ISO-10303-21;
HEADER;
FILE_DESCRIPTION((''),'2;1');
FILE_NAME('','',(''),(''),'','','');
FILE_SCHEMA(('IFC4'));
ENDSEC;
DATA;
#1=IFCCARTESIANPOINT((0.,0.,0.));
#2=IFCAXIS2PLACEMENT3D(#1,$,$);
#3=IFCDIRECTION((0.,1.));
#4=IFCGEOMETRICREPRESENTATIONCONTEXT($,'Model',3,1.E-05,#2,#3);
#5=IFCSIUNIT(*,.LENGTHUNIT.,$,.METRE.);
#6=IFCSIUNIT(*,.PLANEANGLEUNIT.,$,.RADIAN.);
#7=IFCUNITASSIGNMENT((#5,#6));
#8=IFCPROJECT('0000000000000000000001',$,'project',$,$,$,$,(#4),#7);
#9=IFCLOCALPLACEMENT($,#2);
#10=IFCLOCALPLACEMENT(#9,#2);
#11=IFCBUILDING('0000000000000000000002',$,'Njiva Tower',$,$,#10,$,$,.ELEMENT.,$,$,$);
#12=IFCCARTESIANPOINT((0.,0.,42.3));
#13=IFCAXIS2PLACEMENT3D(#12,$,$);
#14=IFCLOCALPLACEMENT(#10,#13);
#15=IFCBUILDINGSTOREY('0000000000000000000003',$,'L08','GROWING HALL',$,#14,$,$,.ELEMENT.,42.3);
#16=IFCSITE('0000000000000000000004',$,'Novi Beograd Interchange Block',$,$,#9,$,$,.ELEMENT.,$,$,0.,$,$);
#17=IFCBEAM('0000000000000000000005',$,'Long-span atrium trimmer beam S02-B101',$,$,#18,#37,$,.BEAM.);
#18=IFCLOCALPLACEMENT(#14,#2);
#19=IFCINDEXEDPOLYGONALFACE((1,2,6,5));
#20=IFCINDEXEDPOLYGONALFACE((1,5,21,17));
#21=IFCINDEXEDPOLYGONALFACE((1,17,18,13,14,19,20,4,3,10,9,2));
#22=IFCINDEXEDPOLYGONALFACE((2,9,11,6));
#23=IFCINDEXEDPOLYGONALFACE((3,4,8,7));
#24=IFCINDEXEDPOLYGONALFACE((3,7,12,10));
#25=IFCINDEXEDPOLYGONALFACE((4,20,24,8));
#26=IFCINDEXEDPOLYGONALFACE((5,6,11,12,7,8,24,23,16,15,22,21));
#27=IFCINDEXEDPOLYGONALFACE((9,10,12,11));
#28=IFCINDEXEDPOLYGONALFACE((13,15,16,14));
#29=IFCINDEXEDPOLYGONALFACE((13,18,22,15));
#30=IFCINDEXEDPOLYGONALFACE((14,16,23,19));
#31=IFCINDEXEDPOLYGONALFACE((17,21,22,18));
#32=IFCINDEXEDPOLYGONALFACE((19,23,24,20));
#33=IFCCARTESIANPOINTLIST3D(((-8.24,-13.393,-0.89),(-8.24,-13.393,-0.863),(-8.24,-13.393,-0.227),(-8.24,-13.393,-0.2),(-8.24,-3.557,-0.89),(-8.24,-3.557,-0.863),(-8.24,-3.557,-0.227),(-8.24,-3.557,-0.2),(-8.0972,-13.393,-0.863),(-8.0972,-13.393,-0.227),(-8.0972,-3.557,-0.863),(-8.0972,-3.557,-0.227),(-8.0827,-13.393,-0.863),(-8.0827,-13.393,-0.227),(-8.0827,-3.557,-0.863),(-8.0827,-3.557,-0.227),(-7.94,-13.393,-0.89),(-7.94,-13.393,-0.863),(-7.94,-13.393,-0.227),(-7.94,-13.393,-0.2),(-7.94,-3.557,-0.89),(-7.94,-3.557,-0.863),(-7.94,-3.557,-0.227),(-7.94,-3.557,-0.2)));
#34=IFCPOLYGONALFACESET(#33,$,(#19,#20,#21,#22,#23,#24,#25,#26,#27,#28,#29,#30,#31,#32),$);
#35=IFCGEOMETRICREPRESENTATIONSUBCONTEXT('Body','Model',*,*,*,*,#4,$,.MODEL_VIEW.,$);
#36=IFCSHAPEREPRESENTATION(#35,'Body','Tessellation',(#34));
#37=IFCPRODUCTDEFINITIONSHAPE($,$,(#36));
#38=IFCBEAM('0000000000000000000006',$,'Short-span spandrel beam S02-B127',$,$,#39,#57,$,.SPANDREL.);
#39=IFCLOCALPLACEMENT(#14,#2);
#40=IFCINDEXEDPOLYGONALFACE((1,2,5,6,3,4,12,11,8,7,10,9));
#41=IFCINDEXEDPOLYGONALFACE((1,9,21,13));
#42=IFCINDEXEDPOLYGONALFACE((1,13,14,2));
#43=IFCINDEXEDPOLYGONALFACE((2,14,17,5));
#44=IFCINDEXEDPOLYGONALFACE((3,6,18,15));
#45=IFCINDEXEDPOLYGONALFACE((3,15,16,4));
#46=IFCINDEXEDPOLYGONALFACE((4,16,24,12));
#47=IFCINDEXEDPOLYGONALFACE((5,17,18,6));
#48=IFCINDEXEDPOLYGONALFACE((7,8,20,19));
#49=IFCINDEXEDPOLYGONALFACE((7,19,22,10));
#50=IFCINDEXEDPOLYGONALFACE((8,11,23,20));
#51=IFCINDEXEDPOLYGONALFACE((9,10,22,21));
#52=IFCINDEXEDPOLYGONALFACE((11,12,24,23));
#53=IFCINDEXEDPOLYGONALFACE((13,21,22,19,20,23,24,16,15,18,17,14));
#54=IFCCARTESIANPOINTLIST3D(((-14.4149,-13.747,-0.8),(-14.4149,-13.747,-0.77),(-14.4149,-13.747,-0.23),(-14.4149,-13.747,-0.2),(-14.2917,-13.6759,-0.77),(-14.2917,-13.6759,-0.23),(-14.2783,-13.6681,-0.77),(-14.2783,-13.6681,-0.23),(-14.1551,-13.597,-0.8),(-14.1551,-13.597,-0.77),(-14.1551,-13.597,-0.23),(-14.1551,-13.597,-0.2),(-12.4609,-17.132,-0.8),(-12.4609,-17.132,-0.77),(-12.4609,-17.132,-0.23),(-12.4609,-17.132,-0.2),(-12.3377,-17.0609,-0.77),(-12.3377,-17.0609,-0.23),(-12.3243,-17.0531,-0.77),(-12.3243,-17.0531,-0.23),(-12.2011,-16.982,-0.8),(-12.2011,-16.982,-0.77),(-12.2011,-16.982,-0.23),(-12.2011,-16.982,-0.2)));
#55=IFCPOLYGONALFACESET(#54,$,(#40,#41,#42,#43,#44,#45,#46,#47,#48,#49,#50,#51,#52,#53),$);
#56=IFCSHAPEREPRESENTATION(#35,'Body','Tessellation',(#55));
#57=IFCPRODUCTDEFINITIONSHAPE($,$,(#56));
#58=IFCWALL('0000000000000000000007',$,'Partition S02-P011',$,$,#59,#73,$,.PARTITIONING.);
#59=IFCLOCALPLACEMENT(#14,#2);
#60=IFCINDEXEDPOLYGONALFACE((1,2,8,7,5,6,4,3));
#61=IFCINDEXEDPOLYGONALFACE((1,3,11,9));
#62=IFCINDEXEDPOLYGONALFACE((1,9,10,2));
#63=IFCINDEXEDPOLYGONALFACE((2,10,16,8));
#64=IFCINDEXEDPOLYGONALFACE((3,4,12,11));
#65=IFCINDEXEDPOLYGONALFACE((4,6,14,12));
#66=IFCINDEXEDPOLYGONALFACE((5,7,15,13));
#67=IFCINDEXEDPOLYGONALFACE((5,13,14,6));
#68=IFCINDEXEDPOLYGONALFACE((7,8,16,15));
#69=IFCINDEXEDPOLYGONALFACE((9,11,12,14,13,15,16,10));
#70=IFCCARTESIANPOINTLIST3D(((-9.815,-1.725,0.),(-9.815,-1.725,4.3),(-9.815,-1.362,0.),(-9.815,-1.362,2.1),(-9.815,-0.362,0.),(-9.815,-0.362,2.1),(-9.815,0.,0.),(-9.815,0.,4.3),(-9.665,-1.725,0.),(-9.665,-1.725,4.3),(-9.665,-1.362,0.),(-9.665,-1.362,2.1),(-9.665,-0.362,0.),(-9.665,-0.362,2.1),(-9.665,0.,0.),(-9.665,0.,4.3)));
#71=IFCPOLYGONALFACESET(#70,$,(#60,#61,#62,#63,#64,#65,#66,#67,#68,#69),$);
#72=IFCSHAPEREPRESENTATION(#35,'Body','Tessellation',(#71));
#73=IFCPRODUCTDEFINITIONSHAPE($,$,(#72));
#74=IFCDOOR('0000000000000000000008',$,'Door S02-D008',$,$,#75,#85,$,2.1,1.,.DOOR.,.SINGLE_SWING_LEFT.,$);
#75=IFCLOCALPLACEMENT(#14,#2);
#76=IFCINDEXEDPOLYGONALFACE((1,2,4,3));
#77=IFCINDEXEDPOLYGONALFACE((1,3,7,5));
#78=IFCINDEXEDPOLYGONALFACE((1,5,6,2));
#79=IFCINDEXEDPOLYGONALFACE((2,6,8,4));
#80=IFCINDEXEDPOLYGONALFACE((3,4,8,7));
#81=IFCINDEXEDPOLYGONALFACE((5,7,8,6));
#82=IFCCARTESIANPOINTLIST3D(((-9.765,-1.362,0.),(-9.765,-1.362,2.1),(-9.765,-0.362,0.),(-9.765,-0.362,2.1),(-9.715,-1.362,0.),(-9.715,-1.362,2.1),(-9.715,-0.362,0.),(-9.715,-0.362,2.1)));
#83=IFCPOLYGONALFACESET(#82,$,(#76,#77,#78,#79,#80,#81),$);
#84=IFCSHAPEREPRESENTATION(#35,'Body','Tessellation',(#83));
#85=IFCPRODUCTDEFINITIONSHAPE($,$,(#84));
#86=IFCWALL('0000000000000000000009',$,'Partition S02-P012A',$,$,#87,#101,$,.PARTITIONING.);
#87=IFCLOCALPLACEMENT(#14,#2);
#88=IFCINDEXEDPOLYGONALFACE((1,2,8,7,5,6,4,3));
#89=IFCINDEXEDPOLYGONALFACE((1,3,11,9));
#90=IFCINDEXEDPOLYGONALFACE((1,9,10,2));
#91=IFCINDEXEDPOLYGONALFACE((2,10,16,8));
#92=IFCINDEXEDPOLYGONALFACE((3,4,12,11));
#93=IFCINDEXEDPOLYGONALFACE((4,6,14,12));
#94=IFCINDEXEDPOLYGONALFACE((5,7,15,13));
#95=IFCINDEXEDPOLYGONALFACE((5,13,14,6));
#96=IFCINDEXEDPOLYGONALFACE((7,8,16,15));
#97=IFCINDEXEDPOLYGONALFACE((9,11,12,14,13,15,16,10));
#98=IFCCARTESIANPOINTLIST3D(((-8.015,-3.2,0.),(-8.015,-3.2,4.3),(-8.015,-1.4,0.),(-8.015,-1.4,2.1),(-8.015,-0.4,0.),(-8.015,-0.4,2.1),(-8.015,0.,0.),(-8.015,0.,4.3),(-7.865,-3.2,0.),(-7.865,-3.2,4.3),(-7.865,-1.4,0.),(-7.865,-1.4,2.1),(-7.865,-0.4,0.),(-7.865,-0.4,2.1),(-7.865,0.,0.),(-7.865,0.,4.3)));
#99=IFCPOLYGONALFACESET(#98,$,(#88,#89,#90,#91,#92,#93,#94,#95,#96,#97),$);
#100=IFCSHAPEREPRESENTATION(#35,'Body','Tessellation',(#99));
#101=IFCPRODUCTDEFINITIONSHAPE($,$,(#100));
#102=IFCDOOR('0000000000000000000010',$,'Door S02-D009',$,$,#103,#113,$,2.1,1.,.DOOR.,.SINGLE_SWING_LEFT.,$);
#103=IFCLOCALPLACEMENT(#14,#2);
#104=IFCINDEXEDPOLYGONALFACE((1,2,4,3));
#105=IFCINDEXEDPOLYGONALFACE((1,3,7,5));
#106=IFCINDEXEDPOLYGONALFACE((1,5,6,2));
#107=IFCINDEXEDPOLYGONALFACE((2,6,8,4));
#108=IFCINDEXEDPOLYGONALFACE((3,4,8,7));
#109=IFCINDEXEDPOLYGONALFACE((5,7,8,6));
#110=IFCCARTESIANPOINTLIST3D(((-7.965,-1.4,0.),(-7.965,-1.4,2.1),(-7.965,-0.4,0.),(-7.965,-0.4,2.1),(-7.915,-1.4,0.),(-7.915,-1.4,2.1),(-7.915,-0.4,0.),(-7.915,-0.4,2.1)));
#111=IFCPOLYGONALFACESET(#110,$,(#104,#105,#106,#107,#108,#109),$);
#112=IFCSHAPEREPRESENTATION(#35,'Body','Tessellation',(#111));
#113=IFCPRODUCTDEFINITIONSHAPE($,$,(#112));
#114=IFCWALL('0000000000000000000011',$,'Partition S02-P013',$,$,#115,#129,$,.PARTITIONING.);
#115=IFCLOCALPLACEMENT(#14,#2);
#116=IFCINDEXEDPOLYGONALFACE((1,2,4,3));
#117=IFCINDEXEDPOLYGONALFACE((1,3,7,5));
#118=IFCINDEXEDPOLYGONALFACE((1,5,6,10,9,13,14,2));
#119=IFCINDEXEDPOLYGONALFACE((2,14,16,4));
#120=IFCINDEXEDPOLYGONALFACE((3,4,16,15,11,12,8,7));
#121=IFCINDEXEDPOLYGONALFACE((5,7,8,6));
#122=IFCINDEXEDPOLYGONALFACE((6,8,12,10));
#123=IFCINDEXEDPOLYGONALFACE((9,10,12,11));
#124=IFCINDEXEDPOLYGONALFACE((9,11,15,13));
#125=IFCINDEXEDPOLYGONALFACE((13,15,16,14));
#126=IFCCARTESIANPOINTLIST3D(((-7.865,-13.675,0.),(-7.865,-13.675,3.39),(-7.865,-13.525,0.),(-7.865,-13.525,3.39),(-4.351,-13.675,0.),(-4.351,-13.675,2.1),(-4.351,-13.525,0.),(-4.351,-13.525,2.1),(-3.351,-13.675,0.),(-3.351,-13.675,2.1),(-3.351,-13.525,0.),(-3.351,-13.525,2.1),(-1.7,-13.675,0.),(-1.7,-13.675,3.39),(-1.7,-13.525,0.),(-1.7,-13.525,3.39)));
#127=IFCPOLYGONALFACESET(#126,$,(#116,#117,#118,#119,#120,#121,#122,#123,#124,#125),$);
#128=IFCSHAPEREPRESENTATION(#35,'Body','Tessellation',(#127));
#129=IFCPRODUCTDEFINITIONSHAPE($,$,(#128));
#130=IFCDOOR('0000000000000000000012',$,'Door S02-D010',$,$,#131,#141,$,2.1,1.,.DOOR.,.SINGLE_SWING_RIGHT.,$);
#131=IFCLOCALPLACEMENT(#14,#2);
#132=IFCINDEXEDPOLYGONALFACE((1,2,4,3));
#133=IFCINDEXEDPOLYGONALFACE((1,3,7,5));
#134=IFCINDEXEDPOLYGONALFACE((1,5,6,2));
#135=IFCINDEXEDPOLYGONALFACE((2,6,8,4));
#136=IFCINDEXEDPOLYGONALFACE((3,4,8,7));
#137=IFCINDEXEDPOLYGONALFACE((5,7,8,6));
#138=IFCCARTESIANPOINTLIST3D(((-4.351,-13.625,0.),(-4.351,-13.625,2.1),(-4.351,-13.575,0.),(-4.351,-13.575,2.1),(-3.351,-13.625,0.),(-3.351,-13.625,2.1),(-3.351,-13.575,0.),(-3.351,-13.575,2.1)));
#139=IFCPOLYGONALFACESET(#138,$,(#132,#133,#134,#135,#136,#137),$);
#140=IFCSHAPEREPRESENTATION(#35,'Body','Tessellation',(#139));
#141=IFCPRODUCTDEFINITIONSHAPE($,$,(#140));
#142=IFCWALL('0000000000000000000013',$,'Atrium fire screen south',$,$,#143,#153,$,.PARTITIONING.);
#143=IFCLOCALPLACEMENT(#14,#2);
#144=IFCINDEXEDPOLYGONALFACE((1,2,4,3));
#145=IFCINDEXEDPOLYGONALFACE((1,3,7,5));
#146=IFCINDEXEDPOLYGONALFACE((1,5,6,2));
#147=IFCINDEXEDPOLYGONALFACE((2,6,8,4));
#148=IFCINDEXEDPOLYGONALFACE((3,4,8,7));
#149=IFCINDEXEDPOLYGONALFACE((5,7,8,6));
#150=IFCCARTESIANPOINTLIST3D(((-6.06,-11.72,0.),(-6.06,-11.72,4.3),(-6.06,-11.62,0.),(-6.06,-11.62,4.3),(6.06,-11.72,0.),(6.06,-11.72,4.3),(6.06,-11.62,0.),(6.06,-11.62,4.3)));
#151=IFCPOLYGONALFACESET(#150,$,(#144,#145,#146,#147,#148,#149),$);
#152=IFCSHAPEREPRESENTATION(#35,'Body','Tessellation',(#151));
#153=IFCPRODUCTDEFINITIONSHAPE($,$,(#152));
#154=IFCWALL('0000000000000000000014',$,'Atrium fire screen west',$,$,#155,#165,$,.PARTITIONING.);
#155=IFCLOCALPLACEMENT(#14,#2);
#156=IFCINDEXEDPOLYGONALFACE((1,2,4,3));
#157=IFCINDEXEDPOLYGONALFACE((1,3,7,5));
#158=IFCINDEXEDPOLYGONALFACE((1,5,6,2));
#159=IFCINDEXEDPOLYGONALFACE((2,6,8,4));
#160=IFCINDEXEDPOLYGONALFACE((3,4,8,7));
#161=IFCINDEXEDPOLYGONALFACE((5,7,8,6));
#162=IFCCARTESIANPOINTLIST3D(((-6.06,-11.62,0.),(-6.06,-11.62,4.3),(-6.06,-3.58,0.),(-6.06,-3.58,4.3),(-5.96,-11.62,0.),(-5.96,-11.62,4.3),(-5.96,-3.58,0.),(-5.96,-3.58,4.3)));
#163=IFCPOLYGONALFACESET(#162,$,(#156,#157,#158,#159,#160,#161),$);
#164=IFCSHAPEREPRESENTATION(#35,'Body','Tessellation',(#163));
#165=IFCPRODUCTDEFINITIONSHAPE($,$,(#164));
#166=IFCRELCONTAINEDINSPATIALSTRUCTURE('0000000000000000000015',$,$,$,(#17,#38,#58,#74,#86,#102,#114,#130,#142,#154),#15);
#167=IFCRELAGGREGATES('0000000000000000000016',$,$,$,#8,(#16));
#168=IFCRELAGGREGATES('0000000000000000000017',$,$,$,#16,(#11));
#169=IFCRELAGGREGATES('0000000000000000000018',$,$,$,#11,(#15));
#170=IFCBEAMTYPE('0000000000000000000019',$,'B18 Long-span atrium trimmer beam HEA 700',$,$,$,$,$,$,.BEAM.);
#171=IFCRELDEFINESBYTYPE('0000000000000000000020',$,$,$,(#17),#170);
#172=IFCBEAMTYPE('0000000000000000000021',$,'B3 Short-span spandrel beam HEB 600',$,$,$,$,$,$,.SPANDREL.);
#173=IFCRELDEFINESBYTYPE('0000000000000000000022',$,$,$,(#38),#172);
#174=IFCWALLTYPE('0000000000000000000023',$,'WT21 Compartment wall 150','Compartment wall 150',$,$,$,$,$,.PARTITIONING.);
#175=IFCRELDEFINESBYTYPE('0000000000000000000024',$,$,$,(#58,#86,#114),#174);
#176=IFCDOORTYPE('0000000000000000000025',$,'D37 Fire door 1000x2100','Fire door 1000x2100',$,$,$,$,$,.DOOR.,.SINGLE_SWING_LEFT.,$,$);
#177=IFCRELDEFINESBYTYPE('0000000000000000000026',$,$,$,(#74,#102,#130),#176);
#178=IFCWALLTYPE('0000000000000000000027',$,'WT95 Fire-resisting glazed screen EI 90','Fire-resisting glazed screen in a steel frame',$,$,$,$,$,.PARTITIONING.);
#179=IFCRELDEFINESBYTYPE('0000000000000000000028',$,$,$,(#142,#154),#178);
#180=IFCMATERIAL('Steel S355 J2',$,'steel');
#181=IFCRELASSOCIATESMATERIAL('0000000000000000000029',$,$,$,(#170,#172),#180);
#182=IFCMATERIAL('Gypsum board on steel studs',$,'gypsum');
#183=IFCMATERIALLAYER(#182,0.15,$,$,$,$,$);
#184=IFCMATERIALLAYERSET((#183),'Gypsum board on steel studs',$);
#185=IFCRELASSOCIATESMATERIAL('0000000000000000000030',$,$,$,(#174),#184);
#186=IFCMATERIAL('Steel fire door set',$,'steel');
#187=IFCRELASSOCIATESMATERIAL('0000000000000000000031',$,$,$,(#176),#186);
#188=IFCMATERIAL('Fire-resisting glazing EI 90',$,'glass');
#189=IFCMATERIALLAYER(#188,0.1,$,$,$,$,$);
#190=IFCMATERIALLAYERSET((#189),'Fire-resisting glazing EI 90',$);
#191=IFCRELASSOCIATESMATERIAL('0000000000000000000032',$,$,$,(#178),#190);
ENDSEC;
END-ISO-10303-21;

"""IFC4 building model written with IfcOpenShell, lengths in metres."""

from ifc_helpers import new_model, si_unit, direction, frame, frame_2d, origin, origin_2d, place, context, subcontext, project, spatial, rectangle, i_section, extrude, material, layer, layer_set, material_profile, profile_set, type_object, element, fill, save


model = new_model("IFC4")

# Units and contexts
model_context = context("Model", 3, precision=1e-05, world=origin(), true_north=direction((0.0, 1.0)))
body_context = subcontext(model_context, "Body", "Model", "MODEL_VIEW")
ifc_project = project(units=[si_unit("LENGTHUNIT", "METRE"), si_unit("PLANEANGLEUNIT", "RADIAN")], contexts=[model_context])

# Site, building, storey
site_placement = place(None, origin())
site = spatial("IfcSite", under=ifc_project, at=site_placement, Name="Novi Beograd Interchange Block", CompositionType="ELEMENT", RefElevation=0.0)
building_placement = place(site_placement, origin())
building = spatial("IfcBuilding", under=site, at=building_placement, Name="Njiva Tower", CompositionType="ELEMENT")
storey_placement = place(building_placement, frame((0.0, 0.0, 42.3)))
storey = spatial("IfcBuildingStorey", under=building, at=storey_placement, Name="L08", Description="GROWING HALL", CompositionType="ELEMENT", Elevation=42.3)

# Shared definitions
ifc_material_1 = material(Name="Steel S355 J2", Category="steel")

# Beams
ifc_material_profile_1 = material_profile(ifc_material_1, i_section(OverallWidth=0.3, OverallDepth=0.69, WebThickness=0.0145, FlangeThickness=0.027, at=origin_2d()), Name="HEA 700")
ifc_profile_set_1 = profile_set([ifc_material_profile_1], Name="Steel S355 J2")
beam_type_1 = type_object("IfcBeamType", Name="B18 Long-span atrium trimmer beam HEA 700", PredefinedType="BEAM", material=ifc_profile_set_1)
beam_1_placement = place(storey_placement, frame((-8.09, -3.557, -0.545), z_axis=(0.0, -1.0, 0.0), x_axis=(1.0, 0.0, 0.0)))
element("IfcBeam", 1, at=beam_1_placement, inside=storey, type_object=beam_type_1, Name="Long-span atrium trimmer beam S02-B101", PredefinedType="BEAM", context=body_context, shape_type="SweptSolid", body=[
    extrude(i_section(OverallWidth=0.3, OverallDepth=0.69, WebThickness=0.0145, FlangeThickness=0.027, at=origin_2d()), origin(), (0.0, 0.0, 1.0), 9.836),
])
ifc_material_profile_2 = material_profile(ifc_material_1, i_section(OverallWidth=0.3, OverallDepth=0.6, WebThickness=0.0155, FlangeThickness=0.03, at=origin_2d()), Name="HEB 600")
ifc_profile_set_2 = profile_set([ifc_material_profile_2], Name="Steel S355 J2")
beam_type_2 = type_object("IfcBeamType", Name="B3 Short-span spandrel beam HEB 600", PredefinedType="SPANDREL", material=ifc_profile_set_2)
beam_2_placement = place(storey_placement, frame((-14.285, -13.672, -0.5), z_axis=(0.499937, -0.866062, 0.0), x_axis=(0.866062, 0.499937, 0.0)))
element("IfcBeam", 2, at=beam_2_placement, inside=storey, type_object=beam_type_2, Name="Short-span spandrel beam S02-B127", PredefinedType="SPANDREL", context=body_context, shape_type="SweptSolid", body=[
    extrude(i_section(OverallWidth=0.3, OverallDepth=0.6, WebThickness=0.0155, FlangeThickness=0.03, at=origin_2d()), origin(), (0.0, 0.0, 1.0), 3.9085),
])

# Walls, openings, doors
ifc_material_2 = material(Name="Gypsum board on steel studs", Category="gypsum")
ifc_layer_1 = layer(ifc_material_2, 0.15)
ifc_layer_set_1 = layer_set([ifc_layer_1], Name="Gypsum board on steel studs")
wall_type_1 = type_object("IfcWallType", Name="WT21 Compartment wall 150", Description="Compartment wall 150", PredefinedType="PARTITIONING", material=ifc_layer_set_1)
wall_1_placement = place(storey_placement, frame((-9.74, -1.725, 0.0), z_axis=(0.0, 0.0, 1.0), x_axis=(0.0, 1.0, 0.0)))
wall_1 = element("IfcWall", 3, at=wall_1_placement, inside=storey, type_object=wall_type_1, Name="Partition S02-P011", PredefinedType="PARTITIONING", context=body_context, shape_type="SweptSolid", body=[
    extrude(rectangle(XDim=1.725, YDim=0.15, at=frame_2d((0.8625, 0.0))), origin(), (0.0, 0.0, 1.0), 4.3),
])
opening_1_placement = place(wall_1_placement, frame((0.363, 0.0, 0.0)))
opening_1 = element("IfcOpeningElement", 4, at=opening_1_placement, cuts=wall_1, PredefinedType="OPENING", context=body_context, shape_type="SweptSolid", body=[
    extrude(rectangle(XDim=1.0, YDim=2.1, at=frame_2d((0.5, 1.05))), frame((0.0, 0.085, 0.0), z_axis=(0.0, -1.0, 0.0), x_axis=(1.0, 0.0, 0.0)), (0.0, 0.0, 1.0), 0.17),
])
ifc_material_3 = material(Name="Steel fire door set", Category="steel")
door_type = type_object("IfcDoorType", Name="D37 Fire door 1000x2100", Description="Fire door 1000x2100", OperationType="SINGLE_SWING_LEFT", PredefinedType="DOOR", material=ifc_material_3)
door_1_placement = place(opening_1_placement, origin())
door_1 = element("IfcDoor", 5, at=door_1_placement, inside=storey, type_object=door_type, Name="Door S02-D008", OperationType="SINGLE_SWING_LEFT", OverallHeight=2.1, OverallWidth=1.0, PredefinedType="DOOR", context=body_context, shape_type="SweptSolid", body=[
    extrude(rectangle(XDim=1.0, YDim=2.1, at=frame_2d((0.5, 1.05))), frame((0.0, 0.025, 0.0), z_axis=(0.0, -1.0, 0.0), x_axis=(1.0, 0.0, 0.0)), (0.0, 0.0, 1.0), 0.05),
])
fill(opening_1, door_1)
wall_2_placement = place(storey_placement, frame((-7.94, -3.2, 0.0), z_axis=(0.0, 0.0, 1.0), x_axis=(0.0, 1.0, 0.0)))
wall_2 = element("IfcWall", 6, at=wall_2_placement, inside=storey, type_object=wall_type_1, Name="Partition S02-P012A", PredefinedType="PARTITIONING", context=body_context, shape_type="SweptSolid", body=[
    extrude(rectangle(XDim=3.2, YDim=0.15, at=frame_2d((1.6, 0.0))), origin(), (0.0, 0.0, 1.0), 4.3),
])
opening_2_placement = place(wall_2_placement, frame((1.8, 0.0, 0.0)))
opening_2 = element("IfcOpeningElement", 7, at=opening_2_placement, cuts=wall_2, PredefinedType="OPENING", context=body_context, shape_type="SweptSolid", body=[
    extrude(rectangle(XDim=1.0, YDim=2.1, at=frame_2d((0.5, 1.05))), frame((0.0, 0.085, 0.0), z_axis=(0.0, -1.0, 0.0), x_axis=(1.0, 0.0, 0.0)), (0.0, 0.0, 1.0), 0.17),
])
door_2_placement = place(opening_2_placement, origin())
door_2 = element("IfcDoor", 8, at=door_2_placement, inside=storey, type_object=door_type, Name="Door S02-D009", OperationType="SINGLE_SWING_LEFT", OverallHeight=2.1, OverallWidth=1.0, PredefinedType="DOOR", context=body_context, shape_type="SweptSolid", body=[
    extrude(rectangle(XDim=1.0, YDim=2.1, at=frame_2d((0.5, 1.05))), frame((0.0, 0.025, 0.0), z_axis=(0.0, -1.0, 0.0), x_axis=(1.0, 0.0, 0.0)), (0.0, 0.0, 1.0), 0.05),
])
fill(opening_2, door_2)
wall_3_placement = place(storey_placement, frame((-7.865, -13.6, 0.0), z_axis=(0.0, 0.0, 1.0), x_axis=(1.0, 0.0, 0.0)))
wall_3 = element("IfcWall", 9, at=wall_3_placement, inside=storey, type_object=wall_type_1, Name="Partition S02-P013", PredefinedType="PARTITIONING", context=body_context, shape_type="SweptSolid", body=[
    extrude(rectangle(XDim=6.165, YDim=0.15, at=frame_2d((3.0825, 0.0))), origin(), (0.0, 0.0, 1.0), 3.39),
])
opening_3_placement = place(wall_3_placement, frame((3.514, 0.0, 0.0)))
opening_3 = element("IfcOpeningElement", 10, at=opening_3_placement, cuts=wall_3, PredefinedType="OPENING", context=body_context, shape_type="SweptSolid", body=[
    extrude(rectangle(XDim=1.0, YDim=2.1, at=frame_2d((0.5, 1.05))), frame((0.0, 0.085, 0.0), z_axis=(0.0, -1.0, 0.0), x_axis=(1.0, 0.0, 0.0)), (0.0, 0.0, 1.0), 0.17),
])
door_3_placement = place(opening_3_placement, origin())
door_3 = element("IfcDoor", 11, at=door_3_placement, inside=storey, type_object=door_type, Name="Door S02-D010", OperationType="SINGLE_SWING_RIGHT", OverallHeight=2.1, OverallWidth=1.0, PredefinedType="DOOR", context=body_context, shape_type="SweptSolid", body=[
    extrude(rectangle(XDim=1.0, YDim=2.1, at=frame_2d((0.5, 1.05))), frame((0.0, 0.025, 0.0), z_axis=(0.0, -1.0, 0.0), x_axis=(1.0, 0.0, 0.0)), (0.0, 0.0, 1.0), 0.05),
])
fill(opening_3, door_3)

# Walls
ifc_material_4 = material(Name="Fire-resisting glazing EI 90", Category="glass")
ifc_layer_2 = layer(ifc_material_4, 0.1)
ifc_layer_set_2 = layer_set([ifc_layer_2], Name="Fire-resisting glazing EI 90")
wall_type_2 = type_object("IfcWallType", Name="WT95 Fire-resisting glazed screen EI 90", Description="Fire-resisting glazed screen in a steel frame", PredefinedType="PARTITIONING", material=ifc_layer_set_2)
wall_4_placement = place(storey_placement, frame((-6.06, -11.67, 0.0), z_axis=(0.0, 0.0, 1.0), x_axis=(1.0, 0.0, 0.0)))
element("IfcWall", 12, at=wall_4_placement, inside=storey, type_object=wall_type_2, Name="Atrium fire screen south", PredefinedType="PARTITIONING", context=body_context, shape_type="SweptSolid", body=[
    extrude(rectangle(XDim=12.12, YDim=0.1, at=frame_2d((6.06, 0.0))), origin(), (0.0, 0.0, 1.0), 4.3),
])
wall_5_placement = place(storey_placement, frame((-6.01, -3.58, 0.0), z_axis=(0.0, 0.0, 1.0), x_axis=(0.0, -1.0, 0.0)))
element("IfcWall", 13, at=wall_5_placement, inside=storey, type_object=wall_type_2, Name="Atrium fire screen west", PredefinedType="PARTITIONING", context=body_context, shape_type="SweptSolid", body=[
    extrude(rectangle(XDim=8.04, YDim=0.1, at=frame_2d((4.02, 0.0))), origin(), (0.0, 0.0, 1.0), 4.3),
])

save(model, "model.ifc")
